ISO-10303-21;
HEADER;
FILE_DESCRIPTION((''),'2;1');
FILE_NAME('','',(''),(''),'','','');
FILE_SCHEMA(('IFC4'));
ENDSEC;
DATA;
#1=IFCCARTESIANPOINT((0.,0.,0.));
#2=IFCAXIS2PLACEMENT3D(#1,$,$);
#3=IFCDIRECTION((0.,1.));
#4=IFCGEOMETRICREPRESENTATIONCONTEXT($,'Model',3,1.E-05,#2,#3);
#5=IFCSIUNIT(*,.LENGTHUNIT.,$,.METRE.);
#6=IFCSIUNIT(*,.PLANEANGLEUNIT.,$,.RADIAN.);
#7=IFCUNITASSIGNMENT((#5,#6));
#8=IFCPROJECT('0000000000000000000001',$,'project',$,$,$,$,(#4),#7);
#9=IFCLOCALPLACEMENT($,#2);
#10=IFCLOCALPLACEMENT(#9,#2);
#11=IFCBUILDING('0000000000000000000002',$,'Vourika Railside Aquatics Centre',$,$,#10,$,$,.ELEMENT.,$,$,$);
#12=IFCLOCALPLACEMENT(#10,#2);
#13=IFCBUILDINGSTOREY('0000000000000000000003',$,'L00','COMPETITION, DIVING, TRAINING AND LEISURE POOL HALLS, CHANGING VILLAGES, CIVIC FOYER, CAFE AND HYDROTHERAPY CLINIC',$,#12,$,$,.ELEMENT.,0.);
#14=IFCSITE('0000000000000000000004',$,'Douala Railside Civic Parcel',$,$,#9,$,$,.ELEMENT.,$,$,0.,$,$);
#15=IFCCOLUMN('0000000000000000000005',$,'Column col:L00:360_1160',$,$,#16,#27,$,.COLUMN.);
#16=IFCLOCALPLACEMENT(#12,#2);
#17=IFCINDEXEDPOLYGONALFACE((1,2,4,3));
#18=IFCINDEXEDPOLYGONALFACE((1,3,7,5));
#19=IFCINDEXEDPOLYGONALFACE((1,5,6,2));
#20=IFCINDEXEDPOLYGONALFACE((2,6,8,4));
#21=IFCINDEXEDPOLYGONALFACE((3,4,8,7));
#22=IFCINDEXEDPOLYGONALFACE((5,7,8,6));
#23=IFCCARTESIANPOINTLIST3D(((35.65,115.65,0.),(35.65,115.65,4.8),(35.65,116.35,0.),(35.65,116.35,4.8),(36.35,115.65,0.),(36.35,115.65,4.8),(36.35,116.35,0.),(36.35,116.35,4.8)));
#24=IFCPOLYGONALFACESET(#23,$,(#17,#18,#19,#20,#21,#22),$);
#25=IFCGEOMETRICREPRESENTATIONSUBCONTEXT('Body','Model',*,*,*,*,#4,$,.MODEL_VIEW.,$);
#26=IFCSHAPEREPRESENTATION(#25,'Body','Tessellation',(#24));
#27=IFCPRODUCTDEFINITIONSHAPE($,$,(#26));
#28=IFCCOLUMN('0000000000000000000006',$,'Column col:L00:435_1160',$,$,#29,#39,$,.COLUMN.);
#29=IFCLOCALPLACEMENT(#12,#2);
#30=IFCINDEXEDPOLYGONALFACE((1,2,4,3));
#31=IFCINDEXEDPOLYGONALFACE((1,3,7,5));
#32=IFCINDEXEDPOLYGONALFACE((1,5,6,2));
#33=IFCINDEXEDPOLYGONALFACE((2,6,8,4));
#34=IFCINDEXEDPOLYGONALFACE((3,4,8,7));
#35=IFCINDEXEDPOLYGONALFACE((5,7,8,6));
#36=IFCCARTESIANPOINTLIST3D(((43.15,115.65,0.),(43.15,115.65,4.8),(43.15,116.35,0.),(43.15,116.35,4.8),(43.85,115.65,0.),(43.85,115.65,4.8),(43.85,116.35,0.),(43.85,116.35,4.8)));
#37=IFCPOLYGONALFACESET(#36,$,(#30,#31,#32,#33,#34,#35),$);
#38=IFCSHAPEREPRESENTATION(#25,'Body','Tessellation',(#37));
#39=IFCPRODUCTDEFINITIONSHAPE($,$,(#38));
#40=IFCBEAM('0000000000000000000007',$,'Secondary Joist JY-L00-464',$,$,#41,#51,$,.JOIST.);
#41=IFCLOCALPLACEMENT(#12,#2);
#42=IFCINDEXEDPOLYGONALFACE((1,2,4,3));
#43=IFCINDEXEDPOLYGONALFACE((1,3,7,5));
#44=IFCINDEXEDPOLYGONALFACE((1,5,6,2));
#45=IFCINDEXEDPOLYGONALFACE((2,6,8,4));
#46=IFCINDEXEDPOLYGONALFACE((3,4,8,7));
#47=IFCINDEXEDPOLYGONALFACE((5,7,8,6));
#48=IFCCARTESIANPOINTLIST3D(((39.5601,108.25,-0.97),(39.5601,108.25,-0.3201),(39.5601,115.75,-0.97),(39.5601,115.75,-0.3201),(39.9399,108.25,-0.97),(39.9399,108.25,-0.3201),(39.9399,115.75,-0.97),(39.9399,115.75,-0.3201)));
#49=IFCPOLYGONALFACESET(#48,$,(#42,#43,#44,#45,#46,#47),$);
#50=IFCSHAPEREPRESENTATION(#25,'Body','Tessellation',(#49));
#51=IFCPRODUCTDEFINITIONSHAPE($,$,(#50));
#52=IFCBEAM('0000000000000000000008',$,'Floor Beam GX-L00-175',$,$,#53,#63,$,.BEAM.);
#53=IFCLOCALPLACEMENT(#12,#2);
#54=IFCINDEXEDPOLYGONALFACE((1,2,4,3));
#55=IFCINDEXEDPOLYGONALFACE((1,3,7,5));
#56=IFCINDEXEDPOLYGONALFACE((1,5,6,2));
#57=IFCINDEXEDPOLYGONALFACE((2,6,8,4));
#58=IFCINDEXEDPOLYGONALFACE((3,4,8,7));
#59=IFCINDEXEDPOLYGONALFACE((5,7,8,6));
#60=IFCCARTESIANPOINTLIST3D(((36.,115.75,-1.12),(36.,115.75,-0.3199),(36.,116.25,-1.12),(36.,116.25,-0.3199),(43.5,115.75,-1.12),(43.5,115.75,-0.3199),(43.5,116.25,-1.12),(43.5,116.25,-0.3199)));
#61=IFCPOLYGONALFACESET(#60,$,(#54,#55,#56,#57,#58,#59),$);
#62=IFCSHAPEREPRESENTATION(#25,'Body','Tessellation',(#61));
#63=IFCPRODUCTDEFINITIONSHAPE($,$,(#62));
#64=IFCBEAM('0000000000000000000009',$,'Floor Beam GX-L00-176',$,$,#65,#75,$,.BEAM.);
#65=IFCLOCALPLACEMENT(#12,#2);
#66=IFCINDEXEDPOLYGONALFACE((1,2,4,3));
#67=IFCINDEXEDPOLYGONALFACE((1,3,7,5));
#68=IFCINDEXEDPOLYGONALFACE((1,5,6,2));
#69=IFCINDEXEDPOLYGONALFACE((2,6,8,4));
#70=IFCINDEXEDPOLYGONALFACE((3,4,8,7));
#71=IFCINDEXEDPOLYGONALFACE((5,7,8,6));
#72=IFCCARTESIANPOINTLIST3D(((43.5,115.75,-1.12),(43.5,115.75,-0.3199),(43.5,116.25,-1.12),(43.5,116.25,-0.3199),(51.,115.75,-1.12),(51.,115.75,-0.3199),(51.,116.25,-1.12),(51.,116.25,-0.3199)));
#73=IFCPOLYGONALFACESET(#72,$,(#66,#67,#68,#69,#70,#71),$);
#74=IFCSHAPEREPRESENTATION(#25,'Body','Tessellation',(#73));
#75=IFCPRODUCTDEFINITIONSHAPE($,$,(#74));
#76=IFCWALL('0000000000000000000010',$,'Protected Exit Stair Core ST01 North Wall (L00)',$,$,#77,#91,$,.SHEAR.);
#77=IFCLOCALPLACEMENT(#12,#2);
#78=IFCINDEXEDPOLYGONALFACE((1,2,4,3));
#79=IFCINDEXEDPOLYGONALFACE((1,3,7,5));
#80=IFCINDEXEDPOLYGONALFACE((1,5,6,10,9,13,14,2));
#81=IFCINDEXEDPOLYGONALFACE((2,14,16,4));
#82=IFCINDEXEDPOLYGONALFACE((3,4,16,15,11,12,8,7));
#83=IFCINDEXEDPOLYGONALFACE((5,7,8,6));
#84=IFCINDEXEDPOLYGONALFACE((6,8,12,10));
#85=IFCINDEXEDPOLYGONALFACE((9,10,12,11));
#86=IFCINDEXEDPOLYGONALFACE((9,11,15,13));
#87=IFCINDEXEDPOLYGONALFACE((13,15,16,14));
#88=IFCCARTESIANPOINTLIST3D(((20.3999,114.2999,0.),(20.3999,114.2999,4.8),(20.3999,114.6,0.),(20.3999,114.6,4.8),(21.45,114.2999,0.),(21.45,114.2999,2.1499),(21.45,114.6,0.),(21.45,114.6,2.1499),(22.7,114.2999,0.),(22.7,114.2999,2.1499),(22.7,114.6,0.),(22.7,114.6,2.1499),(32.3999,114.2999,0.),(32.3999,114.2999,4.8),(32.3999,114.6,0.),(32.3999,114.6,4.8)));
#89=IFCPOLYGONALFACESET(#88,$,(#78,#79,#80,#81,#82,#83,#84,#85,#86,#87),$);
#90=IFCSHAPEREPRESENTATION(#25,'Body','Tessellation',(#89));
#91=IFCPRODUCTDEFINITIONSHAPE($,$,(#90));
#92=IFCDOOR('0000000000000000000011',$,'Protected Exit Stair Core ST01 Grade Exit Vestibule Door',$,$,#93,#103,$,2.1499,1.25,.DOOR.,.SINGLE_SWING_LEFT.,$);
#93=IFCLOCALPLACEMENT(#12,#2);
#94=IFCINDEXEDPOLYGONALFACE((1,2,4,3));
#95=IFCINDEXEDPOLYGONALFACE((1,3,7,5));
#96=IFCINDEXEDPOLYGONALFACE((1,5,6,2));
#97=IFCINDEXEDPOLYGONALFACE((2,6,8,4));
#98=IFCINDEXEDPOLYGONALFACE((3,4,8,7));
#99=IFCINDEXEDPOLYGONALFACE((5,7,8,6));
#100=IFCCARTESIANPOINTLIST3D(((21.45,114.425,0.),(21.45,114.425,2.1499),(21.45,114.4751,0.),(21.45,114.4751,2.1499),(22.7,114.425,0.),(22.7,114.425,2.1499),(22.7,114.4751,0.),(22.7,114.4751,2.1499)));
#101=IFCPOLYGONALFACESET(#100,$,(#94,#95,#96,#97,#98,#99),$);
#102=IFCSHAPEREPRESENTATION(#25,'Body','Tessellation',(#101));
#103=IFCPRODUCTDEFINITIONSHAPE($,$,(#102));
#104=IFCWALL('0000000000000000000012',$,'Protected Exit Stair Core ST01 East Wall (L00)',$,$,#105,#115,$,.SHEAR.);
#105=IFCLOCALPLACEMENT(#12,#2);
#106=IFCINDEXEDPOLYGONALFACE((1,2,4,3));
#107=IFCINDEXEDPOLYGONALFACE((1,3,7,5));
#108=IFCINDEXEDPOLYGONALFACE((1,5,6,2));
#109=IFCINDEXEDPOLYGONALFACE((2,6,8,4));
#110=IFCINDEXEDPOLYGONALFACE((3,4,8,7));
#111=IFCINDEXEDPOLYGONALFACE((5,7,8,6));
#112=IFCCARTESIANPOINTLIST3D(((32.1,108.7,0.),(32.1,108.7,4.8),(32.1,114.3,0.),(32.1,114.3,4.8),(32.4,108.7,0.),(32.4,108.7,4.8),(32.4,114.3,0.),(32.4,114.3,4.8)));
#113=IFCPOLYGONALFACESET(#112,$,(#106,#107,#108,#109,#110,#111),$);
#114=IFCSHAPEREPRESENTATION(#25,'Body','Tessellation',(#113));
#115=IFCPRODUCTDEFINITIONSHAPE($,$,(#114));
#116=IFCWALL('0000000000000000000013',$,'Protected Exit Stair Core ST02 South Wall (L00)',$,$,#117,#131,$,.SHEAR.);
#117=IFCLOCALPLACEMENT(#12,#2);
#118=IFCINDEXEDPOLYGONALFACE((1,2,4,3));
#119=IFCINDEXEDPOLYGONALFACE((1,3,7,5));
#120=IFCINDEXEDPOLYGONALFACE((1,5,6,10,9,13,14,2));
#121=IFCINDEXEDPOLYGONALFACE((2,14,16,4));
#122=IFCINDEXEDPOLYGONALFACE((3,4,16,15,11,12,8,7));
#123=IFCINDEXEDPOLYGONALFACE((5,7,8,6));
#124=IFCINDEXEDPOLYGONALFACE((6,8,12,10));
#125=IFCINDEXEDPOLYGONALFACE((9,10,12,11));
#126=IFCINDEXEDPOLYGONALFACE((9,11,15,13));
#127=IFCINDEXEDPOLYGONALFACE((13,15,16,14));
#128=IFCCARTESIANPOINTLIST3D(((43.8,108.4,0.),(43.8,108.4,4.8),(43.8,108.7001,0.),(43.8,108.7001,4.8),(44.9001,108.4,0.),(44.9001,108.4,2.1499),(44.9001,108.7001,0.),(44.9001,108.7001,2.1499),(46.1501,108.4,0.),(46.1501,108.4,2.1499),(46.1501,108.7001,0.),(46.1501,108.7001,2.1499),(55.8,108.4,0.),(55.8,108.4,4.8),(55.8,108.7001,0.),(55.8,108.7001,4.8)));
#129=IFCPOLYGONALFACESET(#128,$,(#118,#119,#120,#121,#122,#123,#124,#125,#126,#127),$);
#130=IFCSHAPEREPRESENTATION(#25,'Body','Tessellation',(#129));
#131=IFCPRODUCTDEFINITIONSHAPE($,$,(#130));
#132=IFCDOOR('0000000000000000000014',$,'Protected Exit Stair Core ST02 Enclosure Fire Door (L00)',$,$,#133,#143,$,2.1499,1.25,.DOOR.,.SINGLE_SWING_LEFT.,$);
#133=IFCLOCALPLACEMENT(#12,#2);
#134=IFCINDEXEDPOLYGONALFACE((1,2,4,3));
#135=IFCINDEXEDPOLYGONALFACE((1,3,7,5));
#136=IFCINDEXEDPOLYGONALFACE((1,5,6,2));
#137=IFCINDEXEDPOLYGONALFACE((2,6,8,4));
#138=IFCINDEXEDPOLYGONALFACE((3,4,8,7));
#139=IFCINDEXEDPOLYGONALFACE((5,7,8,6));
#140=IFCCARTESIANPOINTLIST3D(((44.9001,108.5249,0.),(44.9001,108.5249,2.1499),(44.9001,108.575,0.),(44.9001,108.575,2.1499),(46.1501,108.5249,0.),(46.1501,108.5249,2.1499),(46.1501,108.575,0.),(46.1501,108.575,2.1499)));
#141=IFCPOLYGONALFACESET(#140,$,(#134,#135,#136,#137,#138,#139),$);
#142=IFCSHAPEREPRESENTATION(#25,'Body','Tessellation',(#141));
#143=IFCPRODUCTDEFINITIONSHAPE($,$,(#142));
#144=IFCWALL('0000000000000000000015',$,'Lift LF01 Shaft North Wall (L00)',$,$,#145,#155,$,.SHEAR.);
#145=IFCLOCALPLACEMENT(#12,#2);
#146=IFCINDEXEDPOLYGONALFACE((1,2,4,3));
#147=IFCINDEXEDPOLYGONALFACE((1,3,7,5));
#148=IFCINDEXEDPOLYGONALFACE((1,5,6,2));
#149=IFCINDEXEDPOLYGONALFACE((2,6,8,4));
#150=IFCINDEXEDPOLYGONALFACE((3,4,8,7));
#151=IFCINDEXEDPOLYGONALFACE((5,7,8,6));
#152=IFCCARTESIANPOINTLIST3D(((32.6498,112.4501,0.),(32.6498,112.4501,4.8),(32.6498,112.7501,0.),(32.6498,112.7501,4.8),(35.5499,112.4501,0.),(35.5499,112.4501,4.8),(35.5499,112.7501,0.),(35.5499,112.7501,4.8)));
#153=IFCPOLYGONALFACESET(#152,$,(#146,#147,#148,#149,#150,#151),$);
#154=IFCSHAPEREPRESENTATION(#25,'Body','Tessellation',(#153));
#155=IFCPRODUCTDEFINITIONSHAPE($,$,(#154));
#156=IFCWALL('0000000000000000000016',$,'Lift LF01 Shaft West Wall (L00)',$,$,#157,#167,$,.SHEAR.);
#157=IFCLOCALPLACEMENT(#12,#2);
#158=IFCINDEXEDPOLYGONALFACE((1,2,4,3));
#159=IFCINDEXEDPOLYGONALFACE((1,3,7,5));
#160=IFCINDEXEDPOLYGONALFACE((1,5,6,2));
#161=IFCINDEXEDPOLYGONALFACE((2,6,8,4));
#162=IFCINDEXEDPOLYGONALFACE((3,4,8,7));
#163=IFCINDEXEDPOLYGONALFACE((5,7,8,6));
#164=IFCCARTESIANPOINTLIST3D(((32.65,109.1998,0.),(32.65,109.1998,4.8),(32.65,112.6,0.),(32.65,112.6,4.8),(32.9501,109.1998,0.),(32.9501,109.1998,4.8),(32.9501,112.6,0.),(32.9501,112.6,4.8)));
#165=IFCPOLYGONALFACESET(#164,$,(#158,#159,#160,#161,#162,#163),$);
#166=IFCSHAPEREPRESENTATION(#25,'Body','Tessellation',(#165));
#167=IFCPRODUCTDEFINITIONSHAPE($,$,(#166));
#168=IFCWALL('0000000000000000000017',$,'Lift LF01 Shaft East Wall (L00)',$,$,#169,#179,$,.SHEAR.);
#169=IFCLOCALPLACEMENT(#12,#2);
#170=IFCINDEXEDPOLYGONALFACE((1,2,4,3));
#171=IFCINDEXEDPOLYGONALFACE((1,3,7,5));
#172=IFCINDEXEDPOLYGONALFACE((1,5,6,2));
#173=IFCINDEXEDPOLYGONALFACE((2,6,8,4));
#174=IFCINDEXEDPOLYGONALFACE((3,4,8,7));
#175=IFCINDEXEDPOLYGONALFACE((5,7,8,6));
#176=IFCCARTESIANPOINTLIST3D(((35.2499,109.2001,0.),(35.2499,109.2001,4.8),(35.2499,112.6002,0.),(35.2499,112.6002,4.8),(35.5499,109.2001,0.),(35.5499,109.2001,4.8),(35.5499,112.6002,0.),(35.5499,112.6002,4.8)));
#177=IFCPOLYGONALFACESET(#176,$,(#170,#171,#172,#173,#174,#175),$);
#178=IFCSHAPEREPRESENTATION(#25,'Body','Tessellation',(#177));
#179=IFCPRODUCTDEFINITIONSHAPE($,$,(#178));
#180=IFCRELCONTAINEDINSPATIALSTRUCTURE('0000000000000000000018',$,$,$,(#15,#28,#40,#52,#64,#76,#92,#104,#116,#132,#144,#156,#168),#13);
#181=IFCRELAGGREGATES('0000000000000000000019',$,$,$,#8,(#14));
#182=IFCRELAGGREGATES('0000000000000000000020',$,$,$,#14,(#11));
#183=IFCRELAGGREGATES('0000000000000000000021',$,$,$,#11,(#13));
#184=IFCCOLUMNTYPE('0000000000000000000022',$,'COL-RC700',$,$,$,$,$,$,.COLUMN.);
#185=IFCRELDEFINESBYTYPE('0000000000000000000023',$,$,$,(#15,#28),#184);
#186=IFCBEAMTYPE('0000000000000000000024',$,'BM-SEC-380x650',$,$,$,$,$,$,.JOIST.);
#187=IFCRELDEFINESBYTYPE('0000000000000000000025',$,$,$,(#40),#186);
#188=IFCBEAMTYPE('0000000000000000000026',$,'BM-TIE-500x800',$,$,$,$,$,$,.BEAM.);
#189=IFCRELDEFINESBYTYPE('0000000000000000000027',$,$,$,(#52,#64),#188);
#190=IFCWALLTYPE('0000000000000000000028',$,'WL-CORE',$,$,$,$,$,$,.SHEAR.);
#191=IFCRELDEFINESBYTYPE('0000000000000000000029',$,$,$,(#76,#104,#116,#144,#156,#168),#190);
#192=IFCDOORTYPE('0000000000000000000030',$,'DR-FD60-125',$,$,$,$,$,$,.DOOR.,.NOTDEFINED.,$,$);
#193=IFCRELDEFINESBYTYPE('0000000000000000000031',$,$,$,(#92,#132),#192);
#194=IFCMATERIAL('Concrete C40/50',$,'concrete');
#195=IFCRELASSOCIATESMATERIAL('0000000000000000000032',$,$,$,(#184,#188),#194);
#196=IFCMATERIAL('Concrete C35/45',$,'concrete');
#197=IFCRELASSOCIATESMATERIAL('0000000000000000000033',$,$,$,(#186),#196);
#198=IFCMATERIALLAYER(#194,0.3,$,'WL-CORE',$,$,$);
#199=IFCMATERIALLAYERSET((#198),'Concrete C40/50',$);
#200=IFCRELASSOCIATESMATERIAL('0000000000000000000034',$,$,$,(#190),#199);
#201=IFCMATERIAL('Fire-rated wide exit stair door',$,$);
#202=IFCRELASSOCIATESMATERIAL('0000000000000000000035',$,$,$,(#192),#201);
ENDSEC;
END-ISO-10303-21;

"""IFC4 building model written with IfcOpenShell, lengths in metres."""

from ifc_helpers import new_model, si_unit, direction, frame, frame_2d, origin, origin_2d, place, context, subcontext, project, spatial, rectangle, extrude, material, layer, layer_set, material_profile, profile_set, type_object, element, fill, save


model = new_model("IFC4")

# Units and contexts
model_context = context("Model", 3, precision=1e-05, world=origin(), true_north=direction((0.0, 1.0)))
body_context = subcontext(model_context, "Body", "Model", "MODEL_VIEW")
ifc_project = project(units=[si_unit("LENGTHUNIT", "METRE"), si_unit("PLANEANGLEUNIT", "RADIAN")], contexts=[model_context])

# Site, building, storey
site_placement = place(None, origin())
site = spatial("IfcSite", under=ifc_project, at=site_placement, Name="Douala Railside Civic Parcel", CompositionType="ELEMENT", RefElevation=0.0)
building_placement = place(site_placement, origin())
building = spatial("IfcBuilding", under=site, at=building_placement, Name="Vourika Railside Aquatics Centre", CompositionType="ELEMENT")
storey_placement = place(building_placement, origin())
storey = spatial("IfcBuildingStorey", under=building, at=storey_placement, Name="L00", Description="COMPETITION, DIVING, TRAINING AND LEISURE POOL HALLS, CHANGING VILLAGES, CIVIC FOYER, CAFE AND HYDROTHERAPY CLINIC", CompositionType="ELEMENT", Elevation=0.0)

# Columns
ifc_material_1 = material(Name="Concrete C40/50", Category="concrete")
ifc_material_profile_1 = material_profile(ifc_material_1, rectangle(XDim=0.7, YDim=0.7, at=origin_2d()), Name="RC 700x700")
ifc_profile_set_1 = profile_set([ifc_material_profile_1], Name="Concrete C40/50")
column_type = type_object("IfcColumnType", Name="COL-RC700", PredefinedType="COLUMN", material=ifc_profile_set_1)
for number, where, z_axis, x_axis, name in (
    (1, (36.0, 116.0, 0.0), (0.0, 0.0, 1.0), (1.0, 0.0, 0.0), "Column col:L00:360_1160"),
    (2, (43.5, 116.0, 0.0), (0.0, 0.0, 1.0), (1.0, 0.0, 0.0), "Column col:L00:435_1160"),
):
    element("IfcColumn", number, at=place(storey_placement, frame(where, z_axis=z_axis, x_axis=x_axis)), inside=storey, type_object=column_type, Name=name, PredefinedType="COLUMN", context=body_context, shape_type="SweptSolid", body=[
        extrude(rectangle(XDim=0.7, YDim=0.7, at=origin_2d()), origin(), (0.0, 0.0, 1.0), 4.8),
    ])

# Beams
ifc_material_2 = material(Name="Concrete C35/45", Category="concrete")
ifc_material_profile_2 = material_profile(ifc_material_2, rectangle(XDim=0.3799, YDim=0.6499, at=origin_2d()), Name="RC 380x650")
ifc_profile_set_2 = profile_set([ifc_material_profile_2], Name="Concrete C35/45")
beam_type_1 = type_object("IfcBeamType", Name="BM-SEC-380x650", PredefinedType="JOIST", material=ifc_profile_set_2)
beam_placement = place(storey_placement, frame((39.75, 108.25, -0.645), z_axis=(0.0, 1.0, 0.0), x_axis=(-1.0, 0.0, 0.0)))
element("IfcBeam", 3, at=beam_placement, inside=storey, type_object=beam_type_1, Name="Secondary Joist JY-L00-464", PredefinedType="JOIST", context=body_context, shape_type="SweptSolid", body=[
    extrude(rectangle(XDim=0.3799, YDim=0.6499, at=origin_2d()), origin(), (0.0, 0.0, 1.0), 7.5),
])
ifc_material_profile_3 = material_profile(ifc_material_1, rectangle(XDim=0.5, YDim=0.8, at=origin_2d()), Name="RC 500x800")
ifc_profile_set_3 = profile_set([ifc_material_profile_3], Name="Concrete C40/50")
beam_type_2 = type_object("IfcBeamType", Name="BM-TIE-500x800", PredefinedType="BEAM", material=ifc_profile_set_3)
for number, where, z_axis, x_axis, name in (
    (4, (36.0, 116.0, -0.72), (1.0, 0.0, 0.0), (0.0, 1.0, 0.0), "Floor Beam GX-L00-175"),
    (5, (43.5, 116.0, -0.72), (1.0, 0.0, 0.0), (0.0, 1.0, 0.0), "Floor Beam GX-L00-176"),
):
    element("IfcBeam", number, at=place(storey_placement, frame(where, z_axis=z_axis, x_axis=x_axis)), inside=storey, type_object=beam_type_2, Name=name, PredefinedType="BEAM", context=body_context, shape_type="SweptSolid", body=[
        extrude(rectangle(XDim=0.5, YDim=0.8, at=origin_2d()), origin(), (0.0, 0.0, 1.0), 7.5),
    ])

# Wall, opening, door
ifc_layer_1 = layer(ifc_material_1, 0.3, Name="WL-CORE")
ifc_layer_set_1 = layer_set([ifc_layer_1], Name="Concrete C40/50")
wall_type_1 = type_object("IfcWallType", Name="WL-CORE", PredefinedType="SHEAR", material=ifc_layer_set_1)
wall_1_placement = place(storey_placement, frame((32.3999, 114.45, 0.0), z_axis=(0.0, 0.0, 1.0), x_axis=(-1.0, 0.0, 0.0)))
wall_1 = element("IfcWall", 6, at=wall_1_placement, inside=storey, type_object=wall_type_1, Name="Protected Exit Stair Core ST01 North Wall (L00)", PredefinedType="SHEAR", context=body_context, shape_type="SweptSolid", body=[
    extrude(rectangle(XDim=12.0, YDim=0.3, at=frame_2d((6.0, 0.0))), origin(), (0.0, 0.0, 1.0), 4.8),
])
opening_1_placement = place(wall_1_placement, frame((9.7, 0.0, 0.0)))
opening_1 = element("IfcOpeningElement", 7, at=opening_1_placement, cuts=wall_1, PredefinedType="OPENING", context=body_context, shape_type="SweptSolid", body=[
    extrude(rectangle(XDim=1.25, YDim=2.1499, at=frame_2d((0.625, 1.075))), frame((0.0, 0.1602, 0.0), z_axis=(0.0, -1.0, 0.0), x_axis=(1.0, 0.0, 0.0)), (0.0, 0.0, 1.0), 0.3201),
])
ifc_material_3 = material(Name="Fire-rated wide exit stair door")
door_type_1 = type_object("IfcDoorType", Name="DR-FD60-125", OperationType="NOTDEFINED", PredefinedType="DOOR", material=ifc_material_3)
door_1_placement = place(opening_1_placement, origin())
door_1 = element("IfcDoor", 8, at=door_1_placement, inside=storey, type_object=door_type_1, Name="Protected Exit Stair Core ST01 Grade Exit Vestibule Door", OperationType="SINGLE_SWING_LEFT", OverallHeight=2.1499, OverallWidth=1.25, PredefinedType="DOOR", context=body_context, shape_type="SweptSolid", body=[
    extrude(rectangle(XDim=1.25, YDim=2.1499, at=frame_2d((0.625, 1.075))), frame((0.0, 0.0249, 0.0), z_axis=(0.0, -1.0, 0.0), x_axis=(1.0, 0.0, 0.0)), (0.0, 0.0, 1.0), 0.05),
])
fill(opening_1, door_1)

# Wall
wall_2_placement = place(storey_placement, frame((32.25, 108.7, 0.0), z_axis=(0.0, 0.0, 1.0), x_axis=(0.0, 1.0, 0.0)))
element("IfcWall", 9, at=wall_2_placement, inside=storey, type_object=wall_type_1, Name="Protected Exit Stair Core ST01 East Wall (L00)", PredefinedType="SHEAR", context=body_context, shape_type="SweptSolid", body=[
    extrude(rectangle(XDim=5.6001, YDim=0.3, at=frame_2d((2.8, 0.0))), origin(), (0.0, 0.0, 1.0), 4.8),
])

# Wall, opening, door
wall_3_placement = place(storey_placement, frame((43.8, 108.55, 0.0), z_axis=(0.0, 0.0, 1.0), x_axis=(1.0, 0.0, 0.0)))
wall_3 = element("IfcWall", 10, at=wall_3_placement, inside=storey, type_object=wall_type_1, Name="Protected Exit Stair Core ST02 South Wall (L00)", PredefinedType="SHEAR", context=body_context, shape_type="SweptSolid", body=[
    extrude(rectangle(XDim=12.0, YDim=0.3, at=frame_2d((6.0, 0.0))), origin(), (0.0, 0.0, 1.0), 4.8),
])
opening_2_placement = place(wall_3_placement, frame((1.1001, 0.0, 0.0)))
opening_2 = element("IfcOpeningElement", 11, at=opening_2_placement, cuts=wall_3, PredefinedType="OPENING", context=body_context, shape_type="SweptSolid", body=[
    extrude(rectangle(XDim=1.25, YDim=2.1499, at=frame_2d((0.625, 1.075))), frame((0.0, 0.1602, 0.0), z_axis=(0.0, -1.0, 0.0), x_axis=(1.0, 0.0, 0.0)), (0.0, 0.0, 1.0), 0.3201),
])
door_2_placement = place(opening_2_placement, origin())
door_2 = element("IfcDoor", 12, at=door_2_placement, inside=storey, type_object=door_type_1, Name="Protected Exit Stair Core ST02 Enclosure Fire Door (L00)", OperationType="SINGLE_SWING_LEFT", OverallHeight=2.1499, OverallWidth=1.25, PredefinedType="DOOR", context=body_context, shape_type="SweptSolid", body=[
    extrude(rectangle(XDim=1.25, YDim=2.1499, at=frame_2d((0.625, 1.075))), frame((0.0, 0.0249, 0.0), z_axis=(0.0, -1.0, 0.0), x_axis=(1.0, 0.0, 0.0)), (0.0, 0.0, 1.0), 0.05),
])
fill(opening_2, door_2)

# Walls
wall_4_placement = place(storey_placement, frame((35.55, 112.6001, 0.0), z_axis=(0.0, 0.0, 1.0), x_axis=(-1.0, 0.0, 0.0)))
element("IfcWall", 13, at=wall_4_placement, inside=storey, type_object=wall_type_1, Name="Lift LF01 Shaft North Wall (L00)", PredefinedType="SHEAR", context=body_context, shape_type="SweptSolid", body=[
    extrude(rectangle(XDim=2.9001, YDim=0.3, at=frame_2d((1.4502, 0.0))), origin(), (0.0, 0.0, 1.0), 4.8),
])
for number, where, z_axis, x_axis, name in (
    (14, (32.8, 112.6001, 0.0), (0.0, 0.0, 1.0), (0.0, -1.0, 0.0), "Lift LF01 Shaft West Wall (L00)"),
    (15, (35.3999, 109.2, 0.0), (0.0, 0.0, 1.0), (0.0, 1.0, 0.0), "Lift LF01 Shaft East Wall (L00)"),
):
    element("IfcWall", number, at=place(storey_placement, frame(where, z_axis=z_axis, x_axis=x_axis)), inside=storey, type_object=wall_type_1, Name=name, PredefinedType="SHEAR", context=body_context, shape_type="SweptSolid", body=[
        extrude(rectangle(XDim=3.4001, YDim=0.3, at=frame_2d((1.7002, 0.0))), origin(), (0.0, 0.0, 1.0), 4.8),
    ])

save(model, "model.ifc")
